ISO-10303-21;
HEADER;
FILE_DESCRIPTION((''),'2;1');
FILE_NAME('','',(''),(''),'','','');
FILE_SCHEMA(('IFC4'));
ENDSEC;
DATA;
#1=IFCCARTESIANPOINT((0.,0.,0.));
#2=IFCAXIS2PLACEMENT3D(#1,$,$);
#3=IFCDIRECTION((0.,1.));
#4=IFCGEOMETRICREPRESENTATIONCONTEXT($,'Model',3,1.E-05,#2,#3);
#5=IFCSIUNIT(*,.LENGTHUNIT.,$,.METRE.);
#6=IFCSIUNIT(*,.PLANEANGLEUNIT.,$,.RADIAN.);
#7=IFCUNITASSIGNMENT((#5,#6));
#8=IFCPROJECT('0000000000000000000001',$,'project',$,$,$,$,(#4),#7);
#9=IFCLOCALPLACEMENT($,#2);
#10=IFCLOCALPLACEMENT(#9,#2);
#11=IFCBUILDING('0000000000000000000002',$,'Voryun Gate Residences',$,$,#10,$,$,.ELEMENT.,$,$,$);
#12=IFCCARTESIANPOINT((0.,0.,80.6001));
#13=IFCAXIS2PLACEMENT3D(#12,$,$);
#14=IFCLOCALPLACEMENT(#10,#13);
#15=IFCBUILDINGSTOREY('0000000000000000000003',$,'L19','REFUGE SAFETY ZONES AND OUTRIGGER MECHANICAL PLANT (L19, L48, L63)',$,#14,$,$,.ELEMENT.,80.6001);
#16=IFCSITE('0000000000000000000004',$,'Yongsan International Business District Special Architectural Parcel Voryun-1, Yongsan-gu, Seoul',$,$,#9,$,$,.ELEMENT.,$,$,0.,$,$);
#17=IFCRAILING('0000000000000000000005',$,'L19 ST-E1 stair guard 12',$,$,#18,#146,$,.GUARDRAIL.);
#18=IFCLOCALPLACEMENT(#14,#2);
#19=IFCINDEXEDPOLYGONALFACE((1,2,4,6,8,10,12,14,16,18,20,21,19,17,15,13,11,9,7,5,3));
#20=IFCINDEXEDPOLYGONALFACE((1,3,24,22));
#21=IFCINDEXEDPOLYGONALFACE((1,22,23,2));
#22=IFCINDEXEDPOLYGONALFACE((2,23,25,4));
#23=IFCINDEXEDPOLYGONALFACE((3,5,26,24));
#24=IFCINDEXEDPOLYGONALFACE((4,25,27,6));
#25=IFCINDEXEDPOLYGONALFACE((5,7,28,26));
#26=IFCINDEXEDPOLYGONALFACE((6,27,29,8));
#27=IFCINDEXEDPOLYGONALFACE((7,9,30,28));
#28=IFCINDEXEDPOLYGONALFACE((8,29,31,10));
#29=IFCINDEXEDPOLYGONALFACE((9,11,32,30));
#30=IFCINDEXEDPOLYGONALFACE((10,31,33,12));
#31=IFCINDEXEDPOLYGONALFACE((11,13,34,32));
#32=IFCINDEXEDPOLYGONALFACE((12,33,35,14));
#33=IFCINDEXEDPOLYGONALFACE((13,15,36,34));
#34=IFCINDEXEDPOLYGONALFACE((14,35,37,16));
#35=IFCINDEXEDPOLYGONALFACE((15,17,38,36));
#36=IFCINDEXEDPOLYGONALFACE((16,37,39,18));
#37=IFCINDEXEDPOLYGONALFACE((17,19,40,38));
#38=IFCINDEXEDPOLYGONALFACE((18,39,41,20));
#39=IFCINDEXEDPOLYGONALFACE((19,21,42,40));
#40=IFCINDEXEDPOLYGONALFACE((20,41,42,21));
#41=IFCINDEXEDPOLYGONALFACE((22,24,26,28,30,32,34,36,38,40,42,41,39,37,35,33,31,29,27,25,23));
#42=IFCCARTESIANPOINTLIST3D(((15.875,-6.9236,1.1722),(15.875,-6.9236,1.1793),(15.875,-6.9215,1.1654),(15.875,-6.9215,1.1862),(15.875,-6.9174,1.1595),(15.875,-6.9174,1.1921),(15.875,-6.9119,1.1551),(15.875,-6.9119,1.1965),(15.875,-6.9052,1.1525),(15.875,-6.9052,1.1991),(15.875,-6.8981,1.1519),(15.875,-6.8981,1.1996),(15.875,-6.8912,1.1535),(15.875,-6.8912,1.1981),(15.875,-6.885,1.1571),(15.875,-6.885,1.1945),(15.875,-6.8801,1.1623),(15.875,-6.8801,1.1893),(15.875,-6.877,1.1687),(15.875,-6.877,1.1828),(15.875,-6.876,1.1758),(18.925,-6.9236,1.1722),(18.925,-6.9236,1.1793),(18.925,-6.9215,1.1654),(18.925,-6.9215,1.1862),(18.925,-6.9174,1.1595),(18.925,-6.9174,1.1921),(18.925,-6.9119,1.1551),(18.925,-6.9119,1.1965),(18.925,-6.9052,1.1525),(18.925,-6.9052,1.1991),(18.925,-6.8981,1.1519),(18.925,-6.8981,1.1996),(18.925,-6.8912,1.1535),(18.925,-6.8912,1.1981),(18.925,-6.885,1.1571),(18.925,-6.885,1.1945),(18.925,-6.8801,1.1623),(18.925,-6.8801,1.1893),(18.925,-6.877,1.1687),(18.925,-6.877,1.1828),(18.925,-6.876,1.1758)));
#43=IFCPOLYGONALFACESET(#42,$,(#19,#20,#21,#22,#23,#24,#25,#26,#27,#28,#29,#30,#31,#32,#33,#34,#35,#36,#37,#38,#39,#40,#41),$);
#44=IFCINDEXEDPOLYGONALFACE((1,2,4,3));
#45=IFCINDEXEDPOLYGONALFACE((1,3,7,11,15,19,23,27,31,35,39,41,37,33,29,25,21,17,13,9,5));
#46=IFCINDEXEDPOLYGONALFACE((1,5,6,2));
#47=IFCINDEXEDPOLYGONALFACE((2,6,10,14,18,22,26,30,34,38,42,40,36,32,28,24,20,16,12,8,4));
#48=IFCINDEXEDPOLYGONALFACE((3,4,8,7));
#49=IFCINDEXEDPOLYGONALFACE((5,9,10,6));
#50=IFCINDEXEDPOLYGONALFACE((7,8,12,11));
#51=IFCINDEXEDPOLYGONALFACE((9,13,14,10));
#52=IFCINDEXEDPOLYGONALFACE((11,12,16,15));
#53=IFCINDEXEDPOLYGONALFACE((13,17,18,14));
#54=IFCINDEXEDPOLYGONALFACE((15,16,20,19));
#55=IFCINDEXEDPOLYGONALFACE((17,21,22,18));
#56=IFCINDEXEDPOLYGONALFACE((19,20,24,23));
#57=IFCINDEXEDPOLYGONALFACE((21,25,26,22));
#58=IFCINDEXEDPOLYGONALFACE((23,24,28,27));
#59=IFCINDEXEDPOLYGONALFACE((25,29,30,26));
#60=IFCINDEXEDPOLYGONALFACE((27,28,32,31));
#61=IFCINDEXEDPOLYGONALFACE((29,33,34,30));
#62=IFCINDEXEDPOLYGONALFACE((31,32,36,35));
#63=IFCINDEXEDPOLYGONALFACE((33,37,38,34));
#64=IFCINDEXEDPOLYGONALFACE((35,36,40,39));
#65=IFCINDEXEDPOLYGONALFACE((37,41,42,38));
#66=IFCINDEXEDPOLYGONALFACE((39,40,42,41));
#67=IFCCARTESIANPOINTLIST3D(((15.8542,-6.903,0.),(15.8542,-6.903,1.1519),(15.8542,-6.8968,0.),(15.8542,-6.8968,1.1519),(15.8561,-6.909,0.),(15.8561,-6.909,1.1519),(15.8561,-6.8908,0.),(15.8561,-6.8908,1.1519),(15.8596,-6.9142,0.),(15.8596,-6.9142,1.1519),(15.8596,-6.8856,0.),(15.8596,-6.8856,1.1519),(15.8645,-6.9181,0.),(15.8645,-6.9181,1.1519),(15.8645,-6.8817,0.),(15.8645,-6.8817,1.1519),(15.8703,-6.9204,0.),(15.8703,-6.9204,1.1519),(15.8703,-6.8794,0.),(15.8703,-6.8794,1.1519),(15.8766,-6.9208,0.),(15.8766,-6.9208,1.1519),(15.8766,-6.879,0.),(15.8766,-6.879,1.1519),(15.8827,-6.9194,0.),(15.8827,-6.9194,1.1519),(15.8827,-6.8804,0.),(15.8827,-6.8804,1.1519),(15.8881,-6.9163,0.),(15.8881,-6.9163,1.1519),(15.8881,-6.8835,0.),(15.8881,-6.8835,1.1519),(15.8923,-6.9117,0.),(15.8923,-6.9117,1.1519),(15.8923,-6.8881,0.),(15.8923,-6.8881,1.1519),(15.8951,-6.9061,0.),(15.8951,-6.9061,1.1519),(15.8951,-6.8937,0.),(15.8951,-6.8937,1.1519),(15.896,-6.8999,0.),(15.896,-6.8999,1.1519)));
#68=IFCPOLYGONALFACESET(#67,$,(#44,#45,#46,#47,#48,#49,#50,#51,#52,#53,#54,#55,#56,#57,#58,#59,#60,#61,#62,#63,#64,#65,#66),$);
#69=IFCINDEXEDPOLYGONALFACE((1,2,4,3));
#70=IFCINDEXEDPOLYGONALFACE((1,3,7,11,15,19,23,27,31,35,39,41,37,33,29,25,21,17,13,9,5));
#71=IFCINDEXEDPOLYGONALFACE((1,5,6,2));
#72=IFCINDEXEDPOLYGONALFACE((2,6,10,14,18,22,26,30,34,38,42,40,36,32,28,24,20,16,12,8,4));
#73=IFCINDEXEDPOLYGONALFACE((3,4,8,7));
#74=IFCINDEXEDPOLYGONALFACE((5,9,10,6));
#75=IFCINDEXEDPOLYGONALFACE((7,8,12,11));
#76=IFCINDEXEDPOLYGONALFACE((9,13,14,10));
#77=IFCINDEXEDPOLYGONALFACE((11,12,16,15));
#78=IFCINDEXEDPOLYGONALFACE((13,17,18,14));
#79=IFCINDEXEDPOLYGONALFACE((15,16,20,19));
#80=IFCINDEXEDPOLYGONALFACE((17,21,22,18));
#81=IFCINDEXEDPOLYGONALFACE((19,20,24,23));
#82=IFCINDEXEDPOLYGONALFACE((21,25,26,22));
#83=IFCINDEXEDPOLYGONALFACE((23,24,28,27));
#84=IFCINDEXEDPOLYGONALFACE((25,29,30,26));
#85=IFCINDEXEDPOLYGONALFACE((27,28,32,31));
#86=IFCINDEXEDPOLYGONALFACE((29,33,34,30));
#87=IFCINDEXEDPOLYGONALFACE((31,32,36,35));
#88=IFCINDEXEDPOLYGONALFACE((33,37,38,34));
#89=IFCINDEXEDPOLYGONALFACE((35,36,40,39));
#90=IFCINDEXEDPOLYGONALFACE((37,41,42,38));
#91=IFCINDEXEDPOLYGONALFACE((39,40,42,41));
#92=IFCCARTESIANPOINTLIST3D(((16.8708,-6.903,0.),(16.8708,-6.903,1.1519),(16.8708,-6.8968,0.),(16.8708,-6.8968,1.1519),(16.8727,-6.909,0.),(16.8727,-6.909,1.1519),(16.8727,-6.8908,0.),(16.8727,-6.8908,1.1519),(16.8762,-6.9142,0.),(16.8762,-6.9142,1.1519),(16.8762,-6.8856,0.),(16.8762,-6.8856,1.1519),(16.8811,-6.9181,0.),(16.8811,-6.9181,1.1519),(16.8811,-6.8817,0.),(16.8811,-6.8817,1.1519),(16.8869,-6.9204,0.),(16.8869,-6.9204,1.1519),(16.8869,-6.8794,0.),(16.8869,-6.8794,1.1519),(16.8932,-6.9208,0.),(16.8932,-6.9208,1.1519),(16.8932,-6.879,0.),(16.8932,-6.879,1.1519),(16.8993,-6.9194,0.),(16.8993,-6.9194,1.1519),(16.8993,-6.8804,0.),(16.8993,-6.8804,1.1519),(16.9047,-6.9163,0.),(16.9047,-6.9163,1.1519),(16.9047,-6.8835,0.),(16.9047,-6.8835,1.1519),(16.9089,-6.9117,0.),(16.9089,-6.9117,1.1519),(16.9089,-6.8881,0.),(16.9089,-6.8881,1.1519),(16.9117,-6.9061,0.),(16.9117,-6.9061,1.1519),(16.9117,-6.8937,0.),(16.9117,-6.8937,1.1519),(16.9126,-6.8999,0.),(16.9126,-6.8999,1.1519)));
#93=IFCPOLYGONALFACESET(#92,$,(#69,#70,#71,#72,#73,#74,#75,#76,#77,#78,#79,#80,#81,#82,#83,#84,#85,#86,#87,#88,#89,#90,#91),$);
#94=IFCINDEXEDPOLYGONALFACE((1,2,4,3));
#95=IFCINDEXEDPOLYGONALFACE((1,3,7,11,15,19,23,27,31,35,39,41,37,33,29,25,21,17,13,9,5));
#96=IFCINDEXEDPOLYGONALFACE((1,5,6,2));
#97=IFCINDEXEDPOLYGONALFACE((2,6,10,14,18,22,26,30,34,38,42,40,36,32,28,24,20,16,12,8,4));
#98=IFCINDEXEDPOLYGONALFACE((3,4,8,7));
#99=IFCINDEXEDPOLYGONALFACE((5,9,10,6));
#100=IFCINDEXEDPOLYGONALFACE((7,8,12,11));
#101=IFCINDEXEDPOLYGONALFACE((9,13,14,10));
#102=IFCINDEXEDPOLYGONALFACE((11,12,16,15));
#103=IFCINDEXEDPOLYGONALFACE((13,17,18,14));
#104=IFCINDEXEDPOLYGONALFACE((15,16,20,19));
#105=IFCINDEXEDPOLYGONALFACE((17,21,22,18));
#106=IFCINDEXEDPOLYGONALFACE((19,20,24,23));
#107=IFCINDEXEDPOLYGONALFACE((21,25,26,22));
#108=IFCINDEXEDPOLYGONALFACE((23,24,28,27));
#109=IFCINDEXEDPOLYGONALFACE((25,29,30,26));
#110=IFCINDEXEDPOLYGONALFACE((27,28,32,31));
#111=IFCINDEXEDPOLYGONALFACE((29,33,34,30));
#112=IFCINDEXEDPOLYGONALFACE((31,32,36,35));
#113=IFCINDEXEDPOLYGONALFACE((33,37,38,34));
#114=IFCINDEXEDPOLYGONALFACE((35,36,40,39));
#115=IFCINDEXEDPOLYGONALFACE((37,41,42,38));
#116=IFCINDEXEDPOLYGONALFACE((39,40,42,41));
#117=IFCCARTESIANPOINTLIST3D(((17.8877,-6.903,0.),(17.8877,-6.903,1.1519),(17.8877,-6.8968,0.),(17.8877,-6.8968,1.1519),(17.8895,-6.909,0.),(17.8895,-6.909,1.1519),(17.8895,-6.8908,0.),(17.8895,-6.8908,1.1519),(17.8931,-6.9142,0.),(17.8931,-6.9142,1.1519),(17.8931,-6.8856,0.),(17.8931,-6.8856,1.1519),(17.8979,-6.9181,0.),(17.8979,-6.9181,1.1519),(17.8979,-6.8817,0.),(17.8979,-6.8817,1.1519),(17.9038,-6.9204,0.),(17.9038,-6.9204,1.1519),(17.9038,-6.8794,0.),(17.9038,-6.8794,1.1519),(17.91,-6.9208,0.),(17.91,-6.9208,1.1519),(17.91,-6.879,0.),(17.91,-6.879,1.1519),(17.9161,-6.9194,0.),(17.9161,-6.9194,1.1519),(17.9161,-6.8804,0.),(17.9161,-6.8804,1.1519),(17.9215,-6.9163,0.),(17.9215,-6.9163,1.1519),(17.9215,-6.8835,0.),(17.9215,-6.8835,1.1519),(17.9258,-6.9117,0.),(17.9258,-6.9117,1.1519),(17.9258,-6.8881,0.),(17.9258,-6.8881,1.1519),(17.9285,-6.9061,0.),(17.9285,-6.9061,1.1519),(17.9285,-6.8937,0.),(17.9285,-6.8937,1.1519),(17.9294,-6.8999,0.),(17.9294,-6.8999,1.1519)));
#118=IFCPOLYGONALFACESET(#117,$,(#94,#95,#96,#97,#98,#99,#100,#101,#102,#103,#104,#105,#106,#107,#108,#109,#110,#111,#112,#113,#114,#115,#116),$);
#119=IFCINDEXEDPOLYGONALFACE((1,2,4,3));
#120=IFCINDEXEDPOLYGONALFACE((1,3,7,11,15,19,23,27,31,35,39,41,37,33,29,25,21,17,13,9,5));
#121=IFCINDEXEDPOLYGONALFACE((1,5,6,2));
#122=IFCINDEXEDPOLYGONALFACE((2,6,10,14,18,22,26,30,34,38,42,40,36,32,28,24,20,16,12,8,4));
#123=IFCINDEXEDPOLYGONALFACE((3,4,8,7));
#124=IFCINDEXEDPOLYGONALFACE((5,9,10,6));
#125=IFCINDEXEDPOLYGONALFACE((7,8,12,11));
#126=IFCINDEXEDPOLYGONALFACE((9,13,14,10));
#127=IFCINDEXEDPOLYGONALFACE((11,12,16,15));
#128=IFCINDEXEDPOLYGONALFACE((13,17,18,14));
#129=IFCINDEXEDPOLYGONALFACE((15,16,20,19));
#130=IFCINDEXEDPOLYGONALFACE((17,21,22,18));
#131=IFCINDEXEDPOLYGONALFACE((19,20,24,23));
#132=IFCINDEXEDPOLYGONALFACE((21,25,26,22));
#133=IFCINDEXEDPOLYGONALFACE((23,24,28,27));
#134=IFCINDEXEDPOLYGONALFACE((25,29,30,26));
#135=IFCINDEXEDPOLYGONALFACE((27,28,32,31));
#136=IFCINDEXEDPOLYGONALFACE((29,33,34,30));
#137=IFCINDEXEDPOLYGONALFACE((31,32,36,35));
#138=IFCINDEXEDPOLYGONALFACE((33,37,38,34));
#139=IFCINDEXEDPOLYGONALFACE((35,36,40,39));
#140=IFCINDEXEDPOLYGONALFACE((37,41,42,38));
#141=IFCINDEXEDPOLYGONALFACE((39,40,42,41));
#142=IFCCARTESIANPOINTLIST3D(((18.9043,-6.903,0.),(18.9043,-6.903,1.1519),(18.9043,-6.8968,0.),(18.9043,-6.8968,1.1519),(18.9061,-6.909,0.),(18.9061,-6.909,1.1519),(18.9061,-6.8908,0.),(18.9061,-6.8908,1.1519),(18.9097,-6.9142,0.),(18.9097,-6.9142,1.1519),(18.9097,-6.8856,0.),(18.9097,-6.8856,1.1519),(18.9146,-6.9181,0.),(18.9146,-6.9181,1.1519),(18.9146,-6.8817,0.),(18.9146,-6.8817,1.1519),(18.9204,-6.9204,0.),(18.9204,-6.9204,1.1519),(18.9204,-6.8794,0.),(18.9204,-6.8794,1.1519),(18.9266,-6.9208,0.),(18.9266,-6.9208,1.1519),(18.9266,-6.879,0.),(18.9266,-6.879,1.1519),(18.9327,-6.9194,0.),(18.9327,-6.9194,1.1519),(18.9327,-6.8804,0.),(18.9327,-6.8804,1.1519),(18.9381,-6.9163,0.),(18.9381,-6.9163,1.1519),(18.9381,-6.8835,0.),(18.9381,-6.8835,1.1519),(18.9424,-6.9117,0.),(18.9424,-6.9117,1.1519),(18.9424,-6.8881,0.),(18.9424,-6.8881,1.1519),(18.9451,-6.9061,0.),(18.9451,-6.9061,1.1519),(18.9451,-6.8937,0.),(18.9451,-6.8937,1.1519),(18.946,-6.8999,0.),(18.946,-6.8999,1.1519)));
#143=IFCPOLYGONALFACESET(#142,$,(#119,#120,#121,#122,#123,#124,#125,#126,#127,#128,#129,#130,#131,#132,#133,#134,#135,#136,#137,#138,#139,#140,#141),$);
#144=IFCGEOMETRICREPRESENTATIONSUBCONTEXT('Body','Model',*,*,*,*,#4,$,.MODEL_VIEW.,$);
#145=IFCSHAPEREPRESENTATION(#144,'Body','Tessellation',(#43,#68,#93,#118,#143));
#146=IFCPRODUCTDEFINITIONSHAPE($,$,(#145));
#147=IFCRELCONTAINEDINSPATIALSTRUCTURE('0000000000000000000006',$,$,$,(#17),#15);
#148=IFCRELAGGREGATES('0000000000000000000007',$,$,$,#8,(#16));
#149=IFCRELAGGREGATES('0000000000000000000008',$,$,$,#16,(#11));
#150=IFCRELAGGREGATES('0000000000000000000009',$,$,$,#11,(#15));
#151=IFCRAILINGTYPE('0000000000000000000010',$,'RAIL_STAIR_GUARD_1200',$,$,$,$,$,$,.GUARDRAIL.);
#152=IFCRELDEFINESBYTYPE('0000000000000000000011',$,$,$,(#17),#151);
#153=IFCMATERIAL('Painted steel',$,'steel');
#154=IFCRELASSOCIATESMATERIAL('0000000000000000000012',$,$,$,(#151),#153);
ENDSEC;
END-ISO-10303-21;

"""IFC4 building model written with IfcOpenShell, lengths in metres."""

from ifc_helpers import new_model, si_unit, direction, frame, origin, origin_2d, place, context, subcontext, project, spatial, circle, extrude, material, type_object, element, save


model = new_model("IFC4")

# Units and contexts
model_context = context("Model", 3, precision=1e-05, world=origin(), true_north=direction((0.0, 1.0)))
body_context = subcontext(model_context, "Body", "Model", "MODEL_VIEW")
ifc_project = project(units=[si_unit("LENGTHUNIT", "METRE"), si_unit("PLANEANGLEUNIT", "RADIAN")], contexts=[model_context])

# Site, building, storey
site_placement = place(None, origin())
site = spatial("IfcSite", under=ifc_project, at=site_placement, Name="Yongsan International Business District Special Architectural Parcel Voryun-1, Yongsan-gu, Seoul", CompositionType="ELEMENT", RefElevation=0.0)
building_placement = place(site_placement, origin())
building = spatial("IfcBuilding", under=site, at=building_placement, Name="Voryun Gate Residences", CompositionType="ELEMENT")
storey_placement = place(building_placement, frame((0.0, 0.0, 80.6001)))
storey = spatial("IfcBuildingStorey", under=building, at=storey_placement, Name="L19", Description="REFUGE SAFETY ZONES AND OUTRIGGER MECHANICAL PLANT (L19, L48, L63)", CompositionType="ELEMENT", Elevation=80.6001)

# Railing
ifc_material_1 = material(Name="Painted steel", Category="steel")
railing_type = type_object("IfcRailingType", Name="RAIL_STAIR_GUARD_1200", PredefinedType="GUARDRAIL", material=ifc_material_1)
railing_1_placement = place(storey_placement, frame((15.875, -6.8999, 0.0)))
element("IfcRailing", 1, at=railing_1_placement, inside=storey, type_object=railing_type, Name="L19 ST-E1 stair guard 12", PredefinedType="GUARDRAIL", context=body_context, shape_type="SweptSolid", body=[
    extrude(circle(Radius=0.0239, at=origin_2d()), frame((0.0, 0.0, 1.1758), z_axis=(1.0, 0.0, 0.0), x_axis=(0.0, 1.0, 0.0)), (0.0, 0.0, 1.0), 3.05),
    extrude(circle(Radius=0.021, at=origin_2d()), origin(), (0.0, 0.0, 1.0), 1.1519),
    extrude(circle(Radius=0.021, at=origin_2d()), frame((1.0166, 0.0, 0.0)), (0.0, 0.0, 1.0), 1.1519),
    extrude(circle(Radius=0.021, at=origin_2d()), frame((2.0334, 0.0, 0.0)), (0.0, 0.0, 1.0), 1.1519),
    extrude(circle(Radius=0.021, at=origin_2d()), frame((3.05, 0.0, 0.0)), (0.0, 0.0, 1.0), 1.1519),
])

save(model, "model.ifc")
